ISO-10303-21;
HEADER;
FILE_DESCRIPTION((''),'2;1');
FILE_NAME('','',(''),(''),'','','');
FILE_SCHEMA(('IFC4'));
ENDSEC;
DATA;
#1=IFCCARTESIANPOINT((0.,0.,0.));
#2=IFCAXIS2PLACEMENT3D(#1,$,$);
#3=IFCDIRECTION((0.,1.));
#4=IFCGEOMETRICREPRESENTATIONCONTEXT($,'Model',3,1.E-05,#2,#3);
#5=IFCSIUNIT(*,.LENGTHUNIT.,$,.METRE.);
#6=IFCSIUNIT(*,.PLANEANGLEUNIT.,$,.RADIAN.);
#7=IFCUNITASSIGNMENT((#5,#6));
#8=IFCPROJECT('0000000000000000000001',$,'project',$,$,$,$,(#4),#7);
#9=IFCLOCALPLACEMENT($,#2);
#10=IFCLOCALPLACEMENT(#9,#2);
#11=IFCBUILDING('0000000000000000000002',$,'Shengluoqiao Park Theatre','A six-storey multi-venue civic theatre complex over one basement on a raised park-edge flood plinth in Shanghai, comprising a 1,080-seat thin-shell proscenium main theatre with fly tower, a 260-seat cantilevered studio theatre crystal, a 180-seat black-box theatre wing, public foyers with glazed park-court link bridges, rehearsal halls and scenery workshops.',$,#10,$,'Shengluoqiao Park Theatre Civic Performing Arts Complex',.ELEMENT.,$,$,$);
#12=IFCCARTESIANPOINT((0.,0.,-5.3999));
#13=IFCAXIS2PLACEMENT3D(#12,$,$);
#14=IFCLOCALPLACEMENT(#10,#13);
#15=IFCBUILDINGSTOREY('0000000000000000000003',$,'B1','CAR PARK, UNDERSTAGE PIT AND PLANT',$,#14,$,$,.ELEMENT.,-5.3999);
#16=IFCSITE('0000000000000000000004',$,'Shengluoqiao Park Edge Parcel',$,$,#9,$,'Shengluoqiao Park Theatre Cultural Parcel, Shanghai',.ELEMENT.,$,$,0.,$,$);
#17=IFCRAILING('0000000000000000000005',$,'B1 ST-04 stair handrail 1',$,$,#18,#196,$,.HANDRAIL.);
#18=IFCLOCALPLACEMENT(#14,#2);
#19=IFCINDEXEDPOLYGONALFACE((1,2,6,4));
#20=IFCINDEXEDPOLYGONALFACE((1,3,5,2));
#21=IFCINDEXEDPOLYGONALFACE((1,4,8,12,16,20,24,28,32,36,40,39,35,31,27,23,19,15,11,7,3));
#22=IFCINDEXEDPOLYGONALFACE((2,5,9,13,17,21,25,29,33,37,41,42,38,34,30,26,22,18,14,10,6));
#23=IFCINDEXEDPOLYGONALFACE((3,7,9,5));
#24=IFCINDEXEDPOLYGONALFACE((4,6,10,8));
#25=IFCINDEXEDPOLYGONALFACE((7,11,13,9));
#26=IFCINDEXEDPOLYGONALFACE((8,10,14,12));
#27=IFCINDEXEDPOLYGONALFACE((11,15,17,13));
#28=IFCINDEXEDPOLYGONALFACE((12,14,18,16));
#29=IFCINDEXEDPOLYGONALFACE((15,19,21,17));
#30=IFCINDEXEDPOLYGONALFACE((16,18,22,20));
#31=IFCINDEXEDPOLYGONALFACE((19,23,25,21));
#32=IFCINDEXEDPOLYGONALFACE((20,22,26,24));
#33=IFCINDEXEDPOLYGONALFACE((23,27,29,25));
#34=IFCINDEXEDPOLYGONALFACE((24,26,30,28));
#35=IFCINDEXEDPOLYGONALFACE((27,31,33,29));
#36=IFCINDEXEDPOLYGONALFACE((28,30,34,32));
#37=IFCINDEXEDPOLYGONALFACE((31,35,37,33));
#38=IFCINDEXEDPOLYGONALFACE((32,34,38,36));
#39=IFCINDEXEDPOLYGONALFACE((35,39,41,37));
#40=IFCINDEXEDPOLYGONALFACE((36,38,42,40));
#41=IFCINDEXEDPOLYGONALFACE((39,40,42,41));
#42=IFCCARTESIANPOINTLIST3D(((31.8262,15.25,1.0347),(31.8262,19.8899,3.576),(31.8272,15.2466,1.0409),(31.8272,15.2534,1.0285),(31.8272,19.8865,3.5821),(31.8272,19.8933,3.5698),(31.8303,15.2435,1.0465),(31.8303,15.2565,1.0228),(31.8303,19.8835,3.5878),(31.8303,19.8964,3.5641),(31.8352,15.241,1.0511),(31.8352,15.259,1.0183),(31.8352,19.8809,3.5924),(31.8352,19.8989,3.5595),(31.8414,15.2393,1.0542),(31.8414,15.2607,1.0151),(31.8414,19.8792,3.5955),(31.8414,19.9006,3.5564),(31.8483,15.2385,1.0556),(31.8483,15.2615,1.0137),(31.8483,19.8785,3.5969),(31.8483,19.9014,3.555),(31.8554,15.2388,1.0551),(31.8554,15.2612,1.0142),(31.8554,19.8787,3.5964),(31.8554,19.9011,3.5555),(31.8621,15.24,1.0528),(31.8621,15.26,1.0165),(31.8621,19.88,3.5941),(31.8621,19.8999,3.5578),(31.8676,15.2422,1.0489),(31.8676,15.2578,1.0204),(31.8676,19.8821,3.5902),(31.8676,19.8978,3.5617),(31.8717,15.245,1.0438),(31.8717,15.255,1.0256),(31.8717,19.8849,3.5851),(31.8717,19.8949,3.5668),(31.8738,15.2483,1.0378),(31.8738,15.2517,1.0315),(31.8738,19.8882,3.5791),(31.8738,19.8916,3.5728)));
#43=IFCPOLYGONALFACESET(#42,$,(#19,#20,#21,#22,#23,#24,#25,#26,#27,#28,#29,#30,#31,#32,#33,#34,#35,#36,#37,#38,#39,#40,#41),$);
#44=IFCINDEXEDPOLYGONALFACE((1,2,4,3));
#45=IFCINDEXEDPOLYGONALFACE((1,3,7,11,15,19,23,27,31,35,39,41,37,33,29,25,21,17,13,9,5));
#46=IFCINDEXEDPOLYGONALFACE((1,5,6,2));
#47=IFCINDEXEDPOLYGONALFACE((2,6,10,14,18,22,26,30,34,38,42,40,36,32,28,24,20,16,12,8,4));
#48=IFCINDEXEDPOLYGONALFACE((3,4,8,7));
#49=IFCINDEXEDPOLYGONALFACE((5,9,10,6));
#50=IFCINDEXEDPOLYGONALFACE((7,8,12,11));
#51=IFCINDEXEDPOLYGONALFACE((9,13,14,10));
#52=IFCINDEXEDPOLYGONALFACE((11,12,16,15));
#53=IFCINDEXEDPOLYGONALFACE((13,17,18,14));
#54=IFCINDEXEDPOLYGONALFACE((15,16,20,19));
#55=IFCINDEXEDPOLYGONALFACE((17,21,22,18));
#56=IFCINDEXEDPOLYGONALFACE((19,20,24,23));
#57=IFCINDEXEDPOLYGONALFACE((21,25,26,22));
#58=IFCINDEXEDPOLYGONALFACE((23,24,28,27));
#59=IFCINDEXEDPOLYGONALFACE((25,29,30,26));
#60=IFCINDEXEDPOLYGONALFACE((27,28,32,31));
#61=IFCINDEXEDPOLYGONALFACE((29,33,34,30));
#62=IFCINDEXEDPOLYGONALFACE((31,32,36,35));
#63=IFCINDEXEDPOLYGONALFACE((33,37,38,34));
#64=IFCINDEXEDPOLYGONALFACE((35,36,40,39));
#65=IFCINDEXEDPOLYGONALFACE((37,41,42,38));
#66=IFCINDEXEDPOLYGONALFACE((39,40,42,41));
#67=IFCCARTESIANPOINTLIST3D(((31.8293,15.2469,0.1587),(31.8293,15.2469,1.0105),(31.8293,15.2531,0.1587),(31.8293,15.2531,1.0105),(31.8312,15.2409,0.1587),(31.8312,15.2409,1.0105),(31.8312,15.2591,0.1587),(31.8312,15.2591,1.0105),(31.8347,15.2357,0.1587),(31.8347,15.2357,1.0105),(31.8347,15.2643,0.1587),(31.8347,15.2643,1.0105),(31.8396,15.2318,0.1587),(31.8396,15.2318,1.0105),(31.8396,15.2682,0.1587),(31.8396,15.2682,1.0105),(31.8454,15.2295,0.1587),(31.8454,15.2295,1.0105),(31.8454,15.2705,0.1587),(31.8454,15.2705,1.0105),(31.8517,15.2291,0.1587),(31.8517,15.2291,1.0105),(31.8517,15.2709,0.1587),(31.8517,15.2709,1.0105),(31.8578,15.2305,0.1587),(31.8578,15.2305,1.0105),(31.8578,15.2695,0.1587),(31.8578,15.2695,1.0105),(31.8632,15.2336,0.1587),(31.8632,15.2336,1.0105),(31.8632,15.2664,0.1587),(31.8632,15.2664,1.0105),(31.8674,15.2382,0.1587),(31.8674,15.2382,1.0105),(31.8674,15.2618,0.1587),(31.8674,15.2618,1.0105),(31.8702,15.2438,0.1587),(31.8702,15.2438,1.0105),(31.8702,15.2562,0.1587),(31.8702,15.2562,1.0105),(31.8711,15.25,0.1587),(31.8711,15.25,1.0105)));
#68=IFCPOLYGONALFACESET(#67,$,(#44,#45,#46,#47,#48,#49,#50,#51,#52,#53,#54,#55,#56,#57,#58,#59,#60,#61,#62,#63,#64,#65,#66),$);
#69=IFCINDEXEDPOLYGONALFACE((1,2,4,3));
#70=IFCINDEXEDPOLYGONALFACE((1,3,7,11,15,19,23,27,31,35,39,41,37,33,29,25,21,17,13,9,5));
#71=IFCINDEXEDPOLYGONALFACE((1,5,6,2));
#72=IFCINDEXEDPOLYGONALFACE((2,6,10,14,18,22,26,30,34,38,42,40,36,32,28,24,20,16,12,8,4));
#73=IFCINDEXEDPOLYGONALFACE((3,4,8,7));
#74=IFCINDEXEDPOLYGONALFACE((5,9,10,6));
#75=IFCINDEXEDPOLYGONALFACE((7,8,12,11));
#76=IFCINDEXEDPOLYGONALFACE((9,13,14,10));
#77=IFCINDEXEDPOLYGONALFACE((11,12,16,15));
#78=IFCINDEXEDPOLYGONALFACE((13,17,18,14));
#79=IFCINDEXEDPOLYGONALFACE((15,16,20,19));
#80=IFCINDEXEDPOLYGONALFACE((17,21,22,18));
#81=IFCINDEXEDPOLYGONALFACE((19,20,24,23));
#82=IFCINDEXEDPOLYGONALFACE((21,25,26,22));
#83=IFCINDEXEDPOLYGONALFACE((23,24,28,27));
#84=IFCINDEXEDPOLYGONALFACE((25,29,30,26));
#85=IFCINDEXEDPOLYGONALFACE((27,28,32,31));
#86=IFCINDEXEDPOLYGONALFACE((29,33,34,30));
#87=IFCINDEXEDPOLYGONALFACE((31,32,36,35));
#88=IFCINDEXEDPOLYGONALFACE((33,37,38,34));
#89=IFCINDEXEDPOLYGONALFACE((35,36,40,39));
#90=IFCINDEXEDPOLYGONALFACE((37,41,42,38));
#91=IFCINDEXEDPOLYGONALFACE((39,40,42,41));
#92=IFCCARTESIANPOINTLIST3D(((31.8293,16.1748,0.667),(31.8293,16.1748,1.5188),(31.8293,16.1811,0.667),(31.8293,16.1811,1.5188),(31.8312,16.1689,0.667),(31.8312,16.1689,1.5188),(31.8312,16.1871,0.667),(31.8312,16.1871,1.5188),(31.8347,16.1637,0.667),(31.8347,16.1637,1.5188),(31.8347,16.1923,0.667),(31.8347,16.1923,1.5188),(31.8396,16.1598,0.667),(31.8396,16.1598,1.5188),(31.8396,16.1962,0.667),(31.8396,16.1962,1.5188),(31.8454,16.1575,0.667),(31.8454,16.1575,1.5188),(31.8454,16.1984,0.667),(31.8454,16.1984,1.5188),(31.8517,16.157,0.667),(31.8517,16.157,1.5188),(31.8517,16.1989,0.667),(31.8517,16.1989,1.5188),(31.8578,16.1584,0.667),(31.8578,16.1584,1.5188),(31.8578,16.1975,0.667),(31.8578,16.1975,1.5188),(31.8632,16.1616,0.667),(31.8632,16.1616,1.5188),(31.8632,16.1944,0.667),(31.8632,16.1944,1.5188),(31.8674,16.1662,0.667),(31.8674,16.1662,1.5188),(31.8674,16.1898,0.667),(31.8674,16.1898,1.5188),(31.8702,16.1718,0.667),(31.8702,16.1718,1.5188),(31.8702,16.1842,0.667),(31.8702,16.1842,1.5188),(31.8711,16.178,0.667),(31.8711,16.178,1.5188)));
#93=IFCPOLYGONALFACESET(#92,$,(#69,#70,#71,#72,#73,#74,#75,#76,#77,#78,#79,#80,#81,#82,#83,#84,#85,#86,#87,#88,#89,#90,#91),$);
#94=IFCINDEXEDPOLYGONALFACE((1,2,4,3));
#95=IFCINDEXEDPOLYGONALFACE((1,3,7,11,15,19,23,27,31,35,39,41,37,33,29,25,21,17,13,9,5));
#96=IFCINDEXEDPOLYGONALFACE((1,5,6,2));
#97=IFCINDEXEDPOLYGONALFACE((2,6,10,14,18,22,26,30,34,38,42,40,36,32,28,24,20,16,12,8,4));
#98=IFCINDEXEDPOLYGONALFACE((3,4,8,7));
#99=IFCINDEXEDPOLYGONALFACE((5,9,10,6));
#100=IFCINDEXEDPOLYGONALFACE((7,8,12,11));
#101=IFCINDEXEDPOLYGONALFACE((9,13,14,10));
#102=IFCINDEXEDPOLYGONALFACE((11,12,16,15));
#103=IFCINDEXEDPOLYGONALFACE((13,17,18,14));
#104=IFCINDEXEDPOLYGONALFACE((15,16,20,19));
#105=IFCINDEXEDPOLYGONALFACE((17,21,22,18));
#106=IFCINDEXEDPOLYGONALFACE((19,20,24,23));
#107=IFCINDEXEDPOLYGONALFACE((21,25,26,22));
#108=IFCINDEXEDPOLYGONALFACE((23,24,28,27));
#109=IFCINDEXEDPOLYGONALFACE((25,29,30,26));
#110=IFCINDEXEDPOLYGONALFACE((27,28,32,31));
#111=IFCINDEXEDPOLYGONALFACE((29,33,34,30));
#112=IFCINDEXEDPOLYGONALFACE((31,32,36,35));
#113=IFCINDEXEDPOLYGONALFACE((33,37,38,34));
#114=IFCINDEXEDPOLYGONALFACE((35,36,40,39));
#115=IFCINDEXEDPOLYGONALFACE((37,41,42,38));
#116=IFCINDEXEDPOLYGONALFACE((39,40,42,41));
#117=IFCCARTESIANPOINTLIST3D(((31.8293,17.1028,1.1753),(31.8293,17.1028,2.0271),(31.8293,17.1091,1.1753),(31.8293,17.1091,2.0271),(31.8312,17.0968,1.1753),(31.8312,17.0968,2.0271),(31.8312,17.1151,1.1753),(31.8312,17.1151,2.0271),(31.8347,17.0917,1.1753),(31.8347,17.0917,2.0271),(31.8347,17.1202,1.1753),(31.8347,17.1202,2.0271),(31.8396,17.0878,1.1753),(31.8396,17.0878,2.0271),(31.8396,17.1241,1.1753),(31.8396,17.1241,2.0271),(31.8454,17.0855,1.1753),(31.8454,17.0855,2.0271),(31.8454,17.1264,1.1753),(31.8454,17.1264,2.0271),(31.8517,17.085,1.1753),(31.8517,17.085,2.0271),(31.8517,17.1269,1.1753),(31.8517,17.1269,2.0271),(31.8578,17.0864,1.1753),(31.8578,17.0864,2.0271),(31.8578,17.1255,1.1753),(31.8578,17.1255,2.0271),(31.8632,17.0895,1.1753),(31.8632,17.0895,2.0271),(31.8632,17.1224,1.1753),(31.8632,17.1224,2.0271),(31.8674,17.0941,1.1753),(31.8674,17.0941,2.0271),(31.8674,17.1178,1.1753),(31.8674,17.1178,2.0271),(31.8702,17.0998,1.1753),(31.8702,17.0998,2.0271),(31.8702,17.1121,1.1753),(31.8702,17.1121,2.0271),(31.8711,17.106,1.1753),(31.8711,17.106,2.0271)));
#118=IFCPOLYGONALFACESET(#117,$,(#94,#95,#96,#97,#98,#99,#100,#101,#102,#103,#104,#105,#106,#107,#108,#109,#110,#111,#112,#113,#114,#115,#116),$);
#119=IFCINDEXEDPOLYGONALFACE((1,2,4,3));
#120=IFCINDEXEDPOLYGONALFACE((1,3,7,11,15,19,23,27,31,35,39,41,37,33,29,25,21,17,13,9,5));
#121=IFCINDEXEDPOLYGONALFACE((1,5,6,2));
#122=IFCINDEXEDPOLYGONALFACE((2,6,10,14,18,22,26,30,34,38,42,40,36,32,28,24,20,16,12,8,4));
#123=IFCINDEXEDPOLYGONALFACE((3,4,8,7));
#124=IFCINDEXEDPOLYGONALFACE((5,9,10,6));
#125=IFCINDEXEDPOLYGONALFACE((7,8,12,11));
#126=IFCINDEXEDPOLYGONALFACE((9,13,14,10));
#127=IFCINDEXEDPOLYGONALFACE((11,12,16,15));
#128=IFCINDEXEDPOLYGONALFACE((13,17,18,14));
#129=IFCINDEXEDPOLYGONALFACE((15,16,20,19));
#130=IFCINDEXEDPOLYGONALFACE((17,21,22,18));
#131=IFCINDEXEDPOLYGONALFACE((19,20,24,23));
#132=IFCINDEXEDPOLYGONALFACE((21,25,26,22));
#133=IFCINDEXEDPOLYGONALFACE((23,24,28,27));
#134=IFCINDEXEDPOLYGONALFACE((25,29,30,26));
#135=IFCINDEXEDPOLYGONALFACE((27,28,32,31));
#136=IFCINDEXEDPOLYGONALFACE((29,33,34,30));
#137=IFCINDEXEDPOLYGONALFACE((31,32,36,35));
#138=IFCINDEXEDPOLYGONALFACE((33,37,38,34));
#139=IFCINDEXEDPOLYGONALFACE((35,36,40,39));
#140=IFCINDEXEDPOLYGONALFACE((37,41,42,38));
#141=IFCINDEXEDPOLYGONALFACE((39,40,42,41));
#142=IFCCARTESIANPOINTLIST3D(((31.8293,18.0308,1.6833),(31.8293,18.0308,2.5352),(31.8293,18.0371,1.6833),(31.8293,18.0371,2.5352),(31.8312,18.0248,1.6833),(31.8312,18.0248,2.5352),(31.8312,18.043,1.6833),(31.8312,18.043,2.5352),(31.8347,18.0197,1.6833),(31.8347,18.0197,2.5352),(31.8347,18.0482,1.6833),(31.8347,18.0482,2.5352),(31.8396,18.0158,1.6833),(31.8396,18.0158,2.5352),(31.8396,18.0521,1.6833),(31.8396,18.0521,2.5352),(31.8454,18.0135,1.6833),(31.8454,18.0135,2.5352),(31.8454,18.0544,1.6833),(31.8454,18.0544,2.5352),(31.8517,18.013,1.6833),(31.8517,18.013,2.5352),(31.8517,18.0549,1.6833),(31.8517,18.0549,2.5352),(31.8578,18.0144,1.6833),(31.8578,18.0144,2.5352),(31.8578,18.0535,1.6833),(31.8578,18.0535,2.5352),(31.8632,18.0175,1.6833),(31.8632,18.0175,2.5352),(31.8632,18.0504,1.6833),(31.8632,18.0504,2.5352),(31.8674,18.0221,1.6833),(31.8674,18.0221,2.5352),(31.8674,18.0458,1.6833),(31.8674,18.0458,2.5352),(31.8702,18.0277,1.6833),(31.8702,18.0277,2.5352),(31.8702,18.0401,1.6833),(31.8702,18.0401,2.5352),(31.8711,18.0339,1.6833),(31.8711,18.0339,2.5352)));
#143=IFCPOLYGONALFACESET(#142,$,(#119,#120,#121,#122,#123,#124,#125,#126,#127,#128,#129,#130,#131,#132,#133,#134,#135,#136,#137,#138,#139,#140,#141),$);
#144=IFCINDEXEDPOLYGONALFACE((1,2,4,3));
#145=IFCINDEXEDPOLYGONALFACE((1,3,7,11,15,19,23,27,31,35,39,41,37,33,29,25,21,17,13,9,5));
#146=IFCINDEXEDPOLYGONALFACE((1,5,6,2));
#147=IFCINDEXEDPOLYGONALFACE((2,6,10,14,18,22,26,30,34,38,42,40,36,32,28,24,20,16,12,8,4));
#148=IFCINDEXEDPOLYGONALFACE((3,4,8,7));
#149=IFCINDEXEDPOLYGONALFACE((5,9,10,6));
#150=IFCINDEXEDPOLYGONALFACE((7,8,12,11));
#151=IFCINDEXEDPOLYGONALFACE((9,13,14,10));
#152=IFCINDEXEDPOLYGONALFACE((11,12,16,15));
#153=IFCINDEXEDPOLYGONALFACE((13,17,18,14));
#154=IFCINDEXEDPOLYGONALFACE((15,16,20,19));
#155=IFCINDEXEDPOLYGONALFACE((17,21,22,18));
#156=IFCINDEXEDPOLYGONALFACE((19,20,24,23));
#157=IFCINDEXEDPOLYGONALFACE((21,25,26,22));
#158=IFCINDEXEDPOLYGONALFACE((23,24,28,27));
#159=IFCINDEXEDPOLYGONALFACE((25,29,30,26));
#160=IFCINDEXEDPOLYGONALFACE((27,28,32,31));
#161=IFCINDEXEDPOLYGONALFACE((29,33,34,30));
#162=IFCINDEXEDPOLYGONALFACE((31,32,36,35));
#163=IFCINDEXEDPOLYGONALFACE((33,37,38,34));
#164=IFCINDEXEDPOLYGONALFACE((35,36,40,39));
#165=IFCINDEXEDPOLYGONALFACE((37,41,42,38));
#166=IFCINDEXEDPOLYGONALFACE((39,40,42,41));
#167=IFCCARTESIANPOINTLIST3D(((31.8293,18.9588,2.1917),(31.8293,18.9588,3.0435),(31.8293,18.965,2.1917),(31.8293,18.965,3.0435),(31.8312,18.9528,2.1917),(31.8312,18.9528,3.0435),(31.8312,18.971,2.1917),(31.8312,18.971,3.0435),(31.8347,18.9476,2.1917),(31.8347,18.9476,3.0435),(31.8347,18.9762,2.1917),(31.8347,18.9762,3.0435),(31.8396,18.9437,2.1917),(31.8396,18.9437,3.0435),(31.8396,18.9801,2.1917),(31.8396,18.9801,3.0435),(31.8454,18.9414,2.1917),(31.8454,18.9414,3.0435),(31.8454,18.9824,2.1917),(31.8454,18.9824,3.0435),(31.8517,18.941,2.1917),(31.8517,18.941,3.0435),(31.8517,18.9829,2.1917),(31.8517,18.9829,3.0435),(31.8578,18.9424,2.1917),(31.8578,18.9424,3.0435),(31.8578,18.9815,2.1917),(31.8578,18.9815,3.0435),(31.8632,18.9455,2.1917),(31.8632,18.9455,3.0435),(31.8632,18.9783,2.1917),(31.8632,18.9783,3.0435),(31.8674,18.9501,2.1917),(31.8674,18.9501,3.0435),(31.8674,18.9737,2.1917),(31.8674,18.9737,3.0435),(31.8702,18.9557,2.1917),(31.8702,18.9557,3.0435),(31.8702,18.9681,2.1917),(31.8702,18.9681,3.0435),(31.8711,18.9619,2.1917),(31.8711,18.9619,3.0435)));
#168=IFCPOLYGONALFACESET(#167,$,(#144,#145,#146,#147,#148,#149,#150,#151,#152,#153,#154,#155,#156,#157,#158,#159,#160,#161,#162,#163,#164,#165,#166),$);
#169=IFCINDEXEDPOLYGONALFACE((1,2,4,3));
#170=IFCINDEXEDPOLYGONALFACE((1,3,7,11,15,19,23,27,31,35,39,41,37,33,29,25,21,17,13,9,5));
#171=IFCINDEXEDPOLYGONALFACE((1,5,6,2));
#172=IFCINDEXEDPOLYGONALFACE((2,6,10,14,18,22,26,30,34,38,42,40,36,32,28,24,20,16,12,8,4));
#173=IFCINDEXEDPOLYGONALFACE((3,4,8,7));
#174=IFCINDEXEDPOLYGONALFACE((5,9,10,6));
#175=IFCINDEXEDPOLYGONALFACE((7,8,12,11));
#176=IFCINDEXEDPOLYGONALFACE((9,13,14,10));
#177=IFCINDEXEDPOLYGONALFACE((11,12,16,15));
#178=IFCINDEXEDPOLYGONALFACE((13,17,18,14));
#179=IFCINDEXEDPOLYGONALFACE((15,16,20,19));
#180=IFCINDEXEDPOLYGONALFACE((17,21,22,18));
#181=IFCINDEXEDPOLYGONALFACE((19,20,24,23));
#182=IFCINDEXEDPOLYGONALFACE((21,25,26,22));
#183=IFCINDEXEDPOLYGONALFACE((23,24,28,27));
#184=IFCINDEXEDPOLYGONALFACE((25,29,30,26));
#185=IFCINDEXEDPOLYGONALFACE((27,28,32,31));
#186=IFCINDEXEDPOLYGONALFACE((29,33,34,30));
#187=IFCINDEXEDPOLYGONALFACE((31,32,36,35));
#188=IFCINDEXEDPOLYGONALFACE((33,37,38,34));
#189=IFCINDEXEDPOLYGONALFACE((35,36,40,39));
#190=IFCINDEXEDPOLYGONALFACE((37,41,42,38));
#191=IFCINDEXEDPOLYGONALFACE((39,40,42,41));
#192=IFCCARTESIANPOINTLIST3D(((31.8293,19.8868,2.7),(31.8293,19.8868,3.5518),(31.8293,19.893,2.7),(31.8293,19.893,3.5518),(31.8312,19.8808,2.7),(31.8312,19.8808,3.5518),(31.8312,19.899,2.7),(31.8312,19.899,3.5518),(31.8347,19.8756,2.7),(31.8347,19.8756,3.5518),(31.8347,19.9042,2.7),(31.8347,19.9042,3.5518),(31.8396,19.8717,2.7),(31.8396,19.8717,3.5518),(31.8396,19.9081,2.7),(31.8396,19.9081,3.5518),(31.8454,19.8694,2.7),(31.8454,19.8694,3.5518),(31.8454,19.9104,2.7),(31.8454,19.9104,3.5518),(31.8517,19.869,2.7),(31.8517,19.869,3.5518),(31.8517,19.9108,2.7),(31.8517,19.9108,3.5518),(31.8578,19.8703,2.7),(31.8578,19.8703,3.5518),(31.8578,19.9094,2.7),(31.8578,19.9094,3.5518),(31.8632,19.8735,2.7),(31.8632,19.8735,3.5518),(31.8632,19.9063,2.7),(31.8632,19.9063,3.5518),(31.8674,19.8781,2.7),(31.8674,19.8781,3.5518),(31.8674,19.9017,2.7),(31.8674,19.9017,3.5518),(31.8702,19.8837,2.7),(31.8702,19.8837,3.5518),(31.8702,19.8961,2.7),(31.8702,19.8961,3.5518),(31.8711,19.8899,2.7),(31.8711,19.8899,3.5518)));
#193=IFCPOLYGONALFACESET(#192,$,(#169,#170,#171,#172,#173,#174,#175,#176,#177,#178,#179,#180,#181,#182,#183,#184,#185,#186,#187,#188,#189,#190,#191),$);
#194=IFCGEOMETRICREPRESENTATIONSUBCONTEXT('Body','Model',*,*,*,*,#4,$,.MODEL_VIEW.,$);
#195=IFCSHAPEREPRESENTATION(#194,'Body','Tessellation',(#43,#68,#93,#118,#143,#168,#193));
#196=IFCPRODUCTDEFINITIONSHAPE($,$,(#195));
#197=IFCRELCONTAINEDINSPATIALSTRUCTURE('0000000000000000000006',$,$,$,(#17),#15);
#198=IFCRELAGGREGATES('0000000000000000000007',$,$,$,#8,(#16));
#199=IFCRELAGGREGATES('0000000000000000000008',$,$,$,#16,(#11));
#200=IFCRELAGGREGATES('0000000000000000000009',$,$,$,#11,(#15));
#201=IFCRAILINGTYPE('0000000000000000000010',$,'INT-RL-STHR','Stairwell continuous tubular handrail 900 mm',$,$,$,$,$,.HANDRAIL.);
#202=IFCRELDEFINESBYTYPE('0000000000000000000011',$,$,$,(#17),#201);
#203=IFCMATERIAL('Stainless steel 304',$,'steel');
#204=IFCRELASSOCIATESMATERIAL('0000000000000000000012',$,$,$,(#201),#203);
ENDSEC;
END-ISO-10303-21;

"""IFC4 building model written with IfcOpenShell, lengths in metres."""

from ifc_helpers import new_model, si_unit, direction, frame, origin, origin_2d, place, context, subcontext, project, spatial, circle, extrude, material, type_object, element, save


model = new_model("IFC4")

# Units and contexts
model_context = context("Model", 3, precision=1e-05, world=origin(), true_north=direction((0.0, 1.0)))
body_context = subcontext(model_context, "Body", "Model", "MODEL_VIEW")
ifc_project = project(units=[si_unit("LENGTHUNIT", "METRE"), si_unit("PLANEANGLEUNIT", "RADIAN")], contexts=[model_context])

# Site, building, storey
site_placement = place(None, origin())
site = spatial("IfcSite", under=ifc_project, at=site_placement, Name="Shengluoqiao Park Edge Parcel", LongName="Shengluoqiao Park Theatre Cultural Parcel, Shanghai", CompositionType="ELEMENT", RefElevation=0.0)
building_placement = place(site_placement, origin())
building = spatial("IfcBuilding", under=site, at=building_placement, Name="Shengluoqiao Park Theatre", Description="A six-storey multi-venue civic theatre complex over one basement on a raised park-edge flood plinth in Shanghai, comprising a 1,080-seat thin-shell proscenium main theatre with fly tower, a 260-seat cantilevered studio theatre crystal, a 180-seat black-box theatre wing, public foyers with glazed park-court link bridges, rehearsal halls and scenery workshops.", LongName="Shengluoqiao Park Theatre Civic Performing Arts Complex", CompositionType="ELEMENT")
storey_placement = place(building_placement, frame((0.0, 0.0, -5.3999)))
storey = spatial("IfcBuildingStorey", under=building, at=storey_placement, Name="B1", Description="CAR PARK, UNDERSTAGE PIT AND PLANT", CompositionType="ELEMENT", Elevation=-5.3999)

# Railing
ifc_material_1 = material(Name="Stainless steel 304", Category="steel")
railing_type_1 = type_object("IfcRailingType", Name="INT-RL-STHR", Description="Stairwell continuous tubular handrail 900 mm", PredefinedType="HANDRAIL", material=ifc_material_1)
railing_1_placement = place(storey_placement, frame((31.8501, 15.25, 0.1587)))
element("IfcRailing", 1, at=railing_1_placement, inside=storey, type_object=railing_type_1, Name="B1 ST-04 stair handrail 1", PredefinedType="HANDRAIL", context=body_context, shape_type="SweptSolid", body=[
    extrude(circle(Radius=0.0239, at=origin_2d()), frame((0.0, 0.0, 0.876), z_axis=(0.0, 0.877067, 0.480368), x_axis=(-1.0, 0.0, 0.0)), (0.0, 0.0, 1.0), 5.2903),
    extrude(circle(Radius=0.021, at=origin_2d()), origin(), (0.0, 0.0, 1.0), 0.8518),
    extrude(circle(Radius=0.021, at=origin_2d()), frame((0.0, 0.928, 0.5083)), (0.0, 0.0, 1.0), 0.8518),
    extrude(circle(Radius=0.021, at=origin_2d()), frame((0.0, 1.856, 1.0166)), (0.0, 0.0, 1.0), 0.8518),
    extrude(circle(Radius=0.021, at=origin_2d()), frame((0.0, 2.7839, 1.5247)), (0.0, 0.0, 1.0), 0.8518),
    extrude(circle(Radius=0.021, at=origin_2d()), frame((0.0, 3.7119, 2.033)), (0.0, 0.0, 1.0), 0.8518),
    extrude(circle(Radius=0.021, at=origin_2d()), frame((0.0, 4.6399, 2.5413)), (0.0, 0.0, 1.0), 0.8518),
])

save(model, "model.ifc")
